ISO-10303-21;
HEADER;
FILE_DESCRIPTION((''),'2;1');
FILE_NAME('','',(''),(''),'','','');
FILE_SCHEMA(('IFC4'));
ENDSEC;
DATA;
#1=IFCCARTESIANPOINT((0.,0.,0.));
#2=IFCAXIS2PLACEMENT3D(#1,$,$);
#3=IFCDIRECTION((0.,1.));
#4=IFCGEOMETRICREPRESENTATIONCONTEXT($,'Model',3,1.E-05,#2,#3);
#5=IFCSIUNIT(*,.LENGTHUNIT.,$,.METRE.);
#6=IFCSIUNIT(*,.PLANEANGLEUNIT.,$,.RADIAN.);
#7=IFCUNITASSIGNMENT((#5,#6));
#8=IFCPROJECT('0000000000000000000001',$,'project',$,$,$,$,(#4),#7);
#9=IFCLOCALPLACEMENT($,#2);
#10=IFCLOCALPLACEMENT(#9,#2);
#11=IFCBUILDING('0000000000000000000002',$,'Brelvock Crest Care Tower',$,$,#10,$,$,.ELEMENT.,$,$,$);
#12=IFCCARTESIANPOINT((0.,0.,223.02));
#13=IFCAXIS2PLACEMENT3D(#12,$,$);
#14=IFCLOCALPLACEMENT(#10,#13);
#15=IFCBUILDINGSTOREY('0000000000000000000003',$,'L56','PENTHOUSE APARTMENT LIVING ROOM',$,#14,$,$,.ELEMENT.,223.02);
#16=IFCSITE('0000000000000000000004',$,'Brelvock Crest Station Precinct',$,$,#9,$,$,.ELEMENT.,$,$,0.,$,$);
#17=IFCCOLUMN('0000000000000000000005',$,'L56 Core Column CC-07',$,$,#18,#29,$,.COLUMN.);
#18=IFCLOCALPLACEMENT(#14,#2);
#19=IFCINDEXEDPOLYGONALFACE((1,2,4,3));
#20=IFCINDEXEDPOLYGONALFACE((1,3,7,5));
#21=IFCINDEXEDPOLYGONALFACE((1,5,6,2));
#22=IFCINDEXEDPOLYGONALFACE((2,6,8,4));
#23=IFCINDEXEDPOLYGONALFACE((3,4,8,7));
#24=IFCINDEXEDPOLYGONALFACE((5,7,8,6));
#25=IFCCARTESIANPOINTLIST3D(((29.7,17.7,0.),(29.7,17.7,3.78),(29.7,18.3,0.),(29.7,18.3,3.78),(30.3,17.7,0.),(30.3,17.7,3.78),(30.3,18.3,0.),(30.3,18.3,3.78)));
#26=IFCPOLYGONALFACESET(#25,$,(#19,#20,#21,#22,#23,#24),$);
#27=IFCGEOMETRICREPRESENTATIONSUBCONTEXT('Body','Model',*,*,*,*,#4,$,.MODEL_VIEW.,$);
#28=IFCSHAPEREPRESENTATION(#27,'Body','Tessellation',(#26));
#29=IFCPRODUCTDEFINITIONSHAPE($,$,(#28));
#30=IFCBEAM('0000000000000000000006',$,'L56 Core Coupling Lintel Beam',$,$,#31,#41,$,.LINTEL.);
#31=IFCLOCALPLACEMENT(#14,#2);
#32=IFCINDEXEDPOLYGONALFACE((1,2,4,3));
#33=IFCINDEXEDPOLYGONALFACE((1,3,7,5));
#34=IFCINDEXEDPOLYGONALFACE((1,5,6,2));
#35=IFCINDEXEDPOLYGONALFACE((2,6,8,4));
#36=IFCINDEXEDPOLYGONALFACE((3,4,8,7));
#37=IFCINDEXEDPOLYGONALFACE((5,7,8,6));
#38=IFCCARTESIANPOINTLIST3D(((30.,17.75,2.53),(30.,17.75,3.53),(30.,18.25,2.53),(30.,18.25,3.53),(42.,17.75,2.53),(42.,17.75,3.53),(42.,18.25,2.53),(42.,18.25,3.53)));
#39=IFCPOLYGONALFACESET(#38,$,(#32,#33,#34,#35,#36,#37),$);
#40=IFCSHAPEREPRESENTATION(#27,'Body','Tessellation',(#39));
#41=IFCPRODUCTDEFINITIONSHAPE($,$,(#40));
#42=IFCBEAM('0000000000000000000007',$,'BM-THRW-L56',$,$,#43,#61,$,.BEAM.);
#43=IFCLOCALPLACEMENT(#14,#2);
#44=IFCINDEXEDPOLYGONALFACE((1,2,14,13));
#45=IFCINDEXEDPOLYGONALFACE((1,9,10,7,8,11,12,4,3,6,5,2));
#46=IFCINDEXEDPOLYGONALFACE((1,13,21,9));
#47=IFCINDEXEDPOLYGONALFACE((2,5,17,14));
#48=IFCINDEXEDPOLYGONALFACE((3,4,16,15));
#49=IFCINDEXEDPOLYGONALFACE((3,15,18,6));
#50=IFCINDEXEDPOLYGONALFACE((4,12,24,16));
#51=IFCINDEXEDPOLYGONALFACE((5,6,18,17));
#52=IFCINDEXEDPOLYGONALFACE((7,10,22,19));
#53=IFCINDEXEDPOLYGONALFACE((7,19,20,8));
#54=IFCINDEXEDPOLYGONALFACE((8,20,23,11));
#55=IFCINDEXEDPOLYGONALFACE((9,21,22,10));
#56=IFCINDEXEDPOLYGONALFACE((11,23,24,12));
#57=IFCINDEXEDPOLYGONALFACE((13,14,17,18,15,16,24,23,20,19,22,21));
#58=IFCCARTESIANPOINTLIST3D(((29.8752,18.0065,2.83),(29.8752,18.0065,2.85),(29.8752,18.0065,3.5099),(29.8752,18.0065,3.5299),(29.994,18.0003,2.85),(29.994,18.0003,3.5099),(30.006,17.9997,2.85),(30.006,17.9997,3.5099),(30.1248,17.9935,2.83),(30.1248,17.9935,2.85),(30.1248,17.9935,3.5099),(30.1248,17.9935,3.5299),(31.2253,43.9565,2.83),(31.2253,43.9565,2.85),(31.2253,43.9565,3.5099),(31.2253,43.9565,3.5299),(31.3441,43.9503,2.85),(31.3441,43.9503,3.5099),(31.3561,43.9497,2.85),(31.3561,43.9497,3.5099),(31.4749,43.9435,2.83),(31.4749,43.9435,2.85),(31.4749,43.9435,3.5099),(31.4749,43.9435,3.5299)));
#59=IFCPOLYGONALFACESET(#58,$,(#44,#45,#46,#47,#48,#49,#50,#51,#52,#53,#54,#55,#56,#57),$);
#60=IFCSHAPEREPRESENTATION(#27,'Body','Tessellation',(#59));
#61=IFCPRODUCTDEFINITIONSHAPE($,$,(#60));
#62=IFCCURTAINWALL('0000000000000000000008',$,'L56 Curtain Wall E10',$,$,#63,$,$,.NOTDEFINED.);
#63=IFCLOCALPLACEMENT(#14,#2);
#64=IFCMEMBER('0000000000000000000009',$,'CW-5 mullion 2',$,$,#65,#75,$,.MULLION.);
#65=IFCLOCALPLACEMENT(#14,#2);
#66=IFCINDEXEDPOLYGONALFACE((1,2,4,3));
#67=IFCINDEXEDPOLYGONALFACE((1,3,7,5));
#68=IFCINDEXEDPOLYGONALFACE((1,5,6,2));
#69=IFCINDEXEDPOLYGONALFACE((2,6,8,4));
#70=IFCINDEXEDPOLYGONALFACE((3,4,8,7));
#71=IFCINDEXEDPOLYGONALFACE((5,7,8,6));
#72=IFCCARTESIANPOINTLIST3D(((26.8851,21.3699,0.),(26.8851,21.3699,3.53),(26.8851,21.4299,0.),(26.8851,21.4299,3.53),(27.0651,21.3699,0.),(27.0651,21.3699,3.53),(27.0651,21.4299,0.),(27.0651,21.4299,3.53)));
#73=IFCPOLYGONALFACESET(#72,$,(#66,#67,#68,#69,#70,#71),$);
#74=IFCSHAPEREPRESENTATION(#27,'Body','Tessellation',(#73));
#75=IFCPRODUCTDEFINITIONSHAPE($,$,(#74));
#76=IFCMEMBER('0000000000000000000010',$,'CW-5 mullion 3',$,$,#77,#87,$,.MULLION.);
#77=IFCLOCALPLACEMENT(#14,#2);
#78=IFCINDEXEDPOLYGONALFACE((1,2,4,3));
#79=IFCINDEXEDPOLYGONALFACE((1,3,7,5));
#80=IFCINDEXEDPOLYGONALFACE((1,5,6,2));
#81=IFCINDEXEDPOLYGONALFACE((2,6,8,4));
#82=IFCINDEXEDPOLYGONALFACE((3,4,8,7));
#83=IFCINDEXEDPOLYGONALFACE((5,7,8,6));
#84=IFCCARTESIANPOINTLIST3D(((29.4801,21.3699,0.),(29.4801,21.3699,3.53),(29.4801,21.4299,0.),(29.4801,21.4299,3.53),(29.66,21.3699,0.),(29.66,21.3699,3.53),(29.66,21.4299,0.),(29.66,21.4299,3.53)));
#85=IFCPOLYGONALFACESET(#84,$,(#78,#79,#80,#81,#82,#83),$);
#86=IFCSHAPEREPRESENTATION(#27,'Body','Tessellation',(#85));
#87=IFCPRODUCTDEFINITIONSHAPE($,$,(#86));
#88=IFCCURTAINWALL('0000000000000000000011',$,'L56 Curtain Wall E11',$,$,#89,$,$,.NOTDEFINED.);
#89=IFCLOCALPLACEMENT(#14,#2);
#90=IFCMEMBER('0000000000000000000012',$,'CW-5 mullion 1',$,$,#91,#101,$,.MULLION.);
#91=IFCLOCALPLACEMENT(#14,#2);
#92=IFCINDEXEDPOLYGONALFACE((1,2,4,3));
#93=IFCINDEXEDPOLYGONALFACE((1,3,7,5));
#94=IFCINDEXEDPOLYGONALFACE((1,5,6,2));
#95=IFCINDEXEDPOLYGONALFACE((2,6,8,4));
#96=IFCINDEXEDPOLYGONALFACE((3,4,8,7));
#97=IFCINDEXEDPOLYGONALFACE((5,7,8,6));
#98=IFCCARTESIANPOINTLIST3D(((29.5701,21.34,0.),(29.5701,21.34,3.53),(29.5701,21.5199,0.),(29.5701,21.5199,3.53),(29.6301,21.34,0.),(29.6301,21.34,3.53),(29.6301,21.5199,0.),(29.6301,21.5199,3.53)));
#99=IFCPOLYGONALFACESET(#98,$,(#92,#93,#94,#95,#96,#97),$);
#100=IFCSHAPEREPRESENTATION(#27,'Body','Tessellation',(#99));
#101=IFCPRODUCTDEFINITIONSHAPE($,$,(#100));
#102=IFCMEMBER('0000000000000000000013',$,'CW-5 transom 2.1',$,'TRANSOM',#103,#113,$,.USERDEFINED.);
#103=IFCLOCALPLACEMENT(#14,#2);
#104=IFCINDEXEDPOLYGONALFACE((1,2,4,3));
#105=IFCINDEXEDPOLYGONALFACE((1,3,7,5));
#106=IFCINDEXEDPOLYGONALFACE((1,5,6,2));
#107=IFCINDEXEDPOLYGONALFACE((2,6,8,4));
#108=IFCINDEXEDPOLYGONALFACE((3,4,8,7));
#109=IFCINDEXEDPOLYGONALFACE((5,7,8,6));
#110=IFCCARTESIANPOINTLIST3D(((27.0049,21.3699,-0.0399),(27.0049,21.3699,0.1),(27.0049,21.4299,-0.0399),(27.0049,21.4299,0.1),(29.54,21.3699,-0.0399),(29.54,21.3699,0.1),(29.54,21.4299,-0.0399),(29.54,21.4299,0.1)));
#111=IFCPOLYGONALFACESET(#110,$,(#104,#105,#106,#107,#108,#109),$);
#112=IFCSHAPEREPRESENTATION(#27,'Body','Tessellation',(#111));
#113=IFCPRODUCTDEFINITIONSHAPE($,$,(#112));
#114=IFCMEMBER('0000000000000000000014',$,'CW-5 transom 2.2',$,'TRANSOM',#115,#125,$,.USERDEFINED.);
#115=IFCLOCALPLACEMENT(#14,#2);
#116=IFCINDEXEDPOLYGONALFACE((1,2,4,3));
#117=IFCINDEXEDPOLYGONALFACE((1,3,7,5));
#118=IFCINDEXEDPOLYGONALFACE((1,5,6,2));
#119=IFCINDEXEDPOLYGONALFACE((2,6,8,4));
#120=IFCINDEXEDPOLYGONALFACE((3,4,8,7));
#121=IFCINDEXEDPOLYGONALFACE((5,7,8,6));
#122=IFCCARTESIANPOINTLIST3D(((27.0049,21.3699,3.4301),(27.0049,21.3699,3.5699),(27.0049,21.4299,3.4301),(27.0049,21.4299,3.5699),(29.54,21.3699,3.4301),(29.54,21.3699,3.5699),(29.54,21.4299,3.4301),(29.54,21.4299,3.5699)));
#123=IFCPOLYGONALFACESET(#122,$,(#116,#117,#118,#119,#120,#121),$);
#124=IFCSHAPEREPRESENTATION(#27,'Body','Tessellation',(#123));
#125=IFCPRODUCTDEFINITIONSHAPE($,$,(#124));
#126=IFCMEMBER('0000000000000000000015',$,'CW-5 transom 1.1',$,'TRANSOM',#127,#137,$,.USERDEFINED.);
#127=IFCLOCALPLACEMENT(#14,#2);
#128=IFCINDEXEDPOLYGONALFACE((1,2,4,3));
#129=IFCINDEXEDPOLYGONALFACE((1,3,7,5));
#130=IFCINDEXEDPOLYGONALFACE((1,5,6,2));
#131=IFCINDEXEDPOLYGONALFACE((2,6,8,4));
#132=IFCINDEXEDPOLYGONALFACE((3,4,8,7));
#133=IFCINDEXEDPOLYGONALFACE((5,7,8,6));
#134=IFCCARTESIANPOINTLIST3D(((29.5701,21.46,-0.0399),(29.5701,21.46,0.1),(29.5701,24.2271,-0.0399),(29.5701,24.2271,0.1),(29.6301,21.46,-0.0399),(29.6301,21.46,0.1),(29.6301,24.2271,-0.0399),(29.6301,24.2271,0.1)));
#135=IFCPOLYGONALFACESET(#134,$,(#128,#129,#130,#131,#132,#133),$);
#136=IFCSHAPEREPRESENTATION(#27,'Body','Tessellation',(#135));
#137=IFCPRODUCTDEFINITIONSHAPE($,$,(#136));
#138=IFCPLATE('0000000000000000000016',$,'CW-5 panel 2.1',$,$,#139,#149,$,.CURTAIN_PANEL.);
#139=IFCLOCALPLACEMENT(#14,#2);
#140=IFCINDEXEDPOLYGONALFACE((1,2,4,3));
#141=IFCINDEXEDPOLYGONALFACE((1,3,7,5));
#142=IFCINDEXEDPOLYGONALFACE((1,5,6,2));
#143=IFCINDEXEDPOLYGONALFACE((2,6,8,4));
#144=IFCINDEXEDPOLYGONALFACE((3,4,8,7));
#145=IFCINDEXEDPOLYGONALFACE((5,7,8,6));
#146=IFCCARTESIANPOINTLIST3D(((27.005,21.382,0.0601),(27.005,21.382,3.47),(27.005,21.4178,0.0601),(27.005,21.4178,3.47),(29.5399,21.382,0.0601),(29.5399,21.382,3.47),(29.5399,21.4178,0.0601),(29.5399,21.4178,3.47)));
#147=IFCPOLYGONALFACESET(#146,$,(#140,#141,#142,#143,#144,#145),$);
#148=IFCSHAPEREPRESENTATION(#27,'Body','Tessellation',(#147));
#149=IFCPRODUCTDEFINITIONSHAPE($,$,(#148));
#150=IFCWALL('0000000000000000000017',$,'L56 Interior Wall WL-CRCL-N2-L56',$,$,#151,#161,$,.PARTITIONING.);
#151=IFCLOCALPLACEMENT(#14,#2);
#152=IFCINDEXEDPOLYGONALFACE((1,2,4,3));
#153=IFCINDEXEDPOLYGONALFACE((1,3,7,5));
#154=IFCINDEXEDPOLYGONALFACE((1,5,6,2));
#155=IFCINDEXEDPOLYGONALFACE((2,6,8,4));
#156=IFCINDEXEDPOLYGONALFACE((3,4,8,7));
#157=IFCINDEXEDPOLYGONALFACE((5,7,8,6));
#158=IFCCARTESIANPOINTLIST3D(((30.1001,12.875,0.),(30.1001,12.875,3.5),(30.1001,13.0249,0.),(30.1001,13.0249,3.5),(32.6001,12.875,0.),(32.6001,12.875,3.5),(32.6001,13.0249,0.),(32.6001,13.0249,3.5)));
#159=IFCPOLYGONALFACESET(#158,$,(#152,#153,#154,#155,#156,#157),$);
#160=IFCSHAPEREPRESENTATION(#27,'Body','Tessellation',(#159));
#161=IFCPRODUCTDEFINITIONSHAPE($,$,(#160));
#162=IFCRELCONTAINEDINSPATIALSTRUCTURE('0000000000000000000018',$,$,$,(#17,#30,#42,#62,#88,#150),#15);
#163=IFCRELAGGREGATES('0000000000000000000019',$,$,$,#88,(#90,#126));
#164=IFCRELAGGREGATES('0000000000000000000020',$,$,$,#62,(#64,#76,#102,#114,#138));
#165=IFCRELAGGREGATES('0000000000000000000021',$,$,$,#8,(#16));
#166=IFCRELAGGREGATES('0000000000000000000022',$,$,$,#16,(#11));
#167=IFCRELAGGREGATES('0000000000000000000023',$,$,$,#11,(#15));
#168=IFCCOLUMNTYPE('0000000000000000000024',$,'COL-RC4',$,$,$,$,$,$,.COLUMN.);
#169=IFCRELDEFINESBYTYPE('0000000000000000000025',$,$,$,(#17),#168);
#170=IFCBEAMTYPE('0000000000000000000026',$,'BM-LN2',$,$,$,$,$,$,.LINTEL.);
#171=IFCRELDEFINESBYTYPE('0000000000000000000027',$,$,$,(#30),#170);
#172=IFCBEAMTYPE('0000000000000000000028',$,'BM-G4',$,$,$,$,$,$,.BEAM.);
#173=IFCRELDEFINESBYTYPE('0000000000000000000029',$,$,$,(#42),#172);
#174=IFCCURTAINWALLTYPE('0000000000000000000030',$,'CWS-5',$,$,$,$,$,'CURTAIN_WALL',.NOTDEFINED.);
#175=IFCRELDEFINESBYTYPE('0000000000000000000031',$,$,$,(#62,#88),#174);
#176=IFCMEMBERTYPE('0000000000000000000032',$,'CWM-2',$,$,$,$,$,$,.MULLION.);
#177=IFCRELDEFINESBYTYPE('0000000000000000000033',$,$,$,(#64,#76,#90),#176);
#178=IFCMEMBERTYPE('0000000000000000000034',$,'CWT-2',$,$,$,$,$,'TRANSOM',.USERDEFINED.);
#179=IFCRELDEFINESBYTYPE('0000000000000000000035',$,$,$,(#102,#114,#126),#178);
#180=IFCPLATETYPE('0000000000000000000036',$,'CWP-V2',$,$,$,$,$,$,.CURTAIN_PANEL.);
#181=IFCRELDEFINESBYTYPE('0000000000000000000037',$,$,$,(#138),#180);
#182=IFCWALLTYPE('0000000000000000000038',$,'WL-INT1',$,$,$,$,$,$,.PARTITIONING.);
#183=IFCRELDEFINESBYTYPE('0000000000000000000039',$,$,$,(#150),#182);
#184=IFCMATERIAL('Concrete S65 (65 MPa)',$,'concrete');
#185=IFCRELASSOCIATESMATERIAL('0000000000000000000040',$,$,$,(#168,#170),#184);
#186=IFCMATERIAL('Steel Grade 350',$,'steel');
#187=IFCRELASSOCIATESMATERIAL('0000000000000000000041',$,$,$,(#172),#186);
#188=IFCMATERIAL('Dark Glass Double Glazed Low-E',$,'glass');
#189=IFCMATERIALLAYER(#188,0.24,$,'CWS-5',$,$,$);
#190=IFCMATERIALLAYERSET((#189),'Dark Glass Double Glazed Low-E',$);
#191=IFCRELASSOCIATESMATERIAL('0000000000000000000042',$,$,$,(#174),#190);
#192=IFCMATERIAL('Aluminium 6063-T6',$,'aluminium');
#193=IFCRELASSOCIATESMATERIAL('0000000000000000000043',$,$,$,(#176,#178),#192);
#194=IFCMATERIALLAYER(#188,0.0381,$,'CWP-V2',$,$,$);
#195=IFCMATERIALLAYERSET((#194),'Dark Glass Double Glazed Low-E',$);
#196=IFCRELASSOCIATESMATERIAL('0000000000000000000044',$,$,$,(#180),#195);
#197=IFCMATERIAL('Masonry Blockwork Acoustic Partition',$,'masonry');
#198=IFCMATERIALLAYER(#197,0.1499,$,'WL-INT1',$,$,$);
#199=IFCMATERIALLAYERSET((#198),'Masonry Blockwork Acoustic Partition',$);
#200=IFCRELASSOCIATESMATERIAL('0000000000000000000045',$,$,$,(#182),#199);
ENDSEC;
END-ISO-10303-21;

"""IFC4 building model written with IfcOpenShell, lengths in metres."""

from ifc_helpers import new_model, si_unit, direction, frame, frame_2d, origin, origin_2d, place, context, subcontext, project, spatial, rectangle, i_section, extrude, source, transform, mapped, material, layer, layer_set, material_profile, profile_set, type_object, element, aggregate, save


model = new_model("IFC4")

# Units and contexts
model_context = context("Model", 3, precision=1e-05, world=origin(), true_north=direction((0.0, 1.0)))
body_context = subcontext(model_context, "Body", "Model", "MODEL_VIEW")
ifc_project = project(units=[si_unit("LENGTHUNIT", "METRE"), si_unit("PLANEANGLEUNIT", "RADIAN")], contexts=[model_context])

# Site, building, storey
site_placement = place(None, origin())
site = spatial("IfcSite", under=ifc_project, at=site_placement, Name="Brelvock Crest Station Precinct", CompositionType="ELEMENT", RefElevation=0.0)
building_placement = place(site_placement, origin())
building = spatial("IfcBuilding", under=site, at=building_placement, Name="Brelvock Crest Care Tower", CompositionType="ELEMENT")
storey_placement = place(building_placement, frame((0.0, 0.0, 223.02)))
storey = spatial("IfcBuildingStorey", under=building, at=storey_placement, Name="L56", Description="PENTHOUSE APARTMENT LIVING ROOM", CompositionType="ELEMENT", Elevation=223.02)

# Column
ifc_material_1 = material(Name="Concrete S65 (65 MPa)", Category="concrete")
ifc_material_profile_1 = material_profile(ifc_material_1, rectangle(XDim=0.6001, YDim=0.6001, at=origin_2d()), Name="RC600x600")
ifc_profile_set_1 = profile_set([ifc_material_profile_1], Name="Concrete S65 (65 MPa)")
column_type = type_object("IfcColumnType", Name="COL-RC4", PredefinedType="COLUMN", material=ifc_profile_set_1)
shared_shape_1 = source(origin(), body_context, "Body", "SweptSolid", [
    extrude(rectangle(XDim=0.6001, YDim=0.6001, at=origin_2d()), origin(), (0.0, 0.0, 1.0), 3.78),
])
column_placement = place(storey_placement, frame((30.0, 18.0, 0.0), z_axis=(0.0, 0.0, 1.0), x_axis=(1.0, 0.0, 0.0)))
element("IfcColumn", 1, at=column_placement, inside=storey, type_object=column_type, Name="L56 Core Column CC-07", PredefinedType="COLUMN", context=body_context, shape_type="MappedRepresentation", body=[
    mapped(shared_shape_1, transform((0.0, 0.0, 0.0), x_axis=(1.0, 0.0, 0.0), y_axis=(0.0, 1.0, 0.0), z_axis=(0.0, 0.0, 1.0), scale=1.0)),
])

# Beams
ifc_material_profile_2 = material_profile(ifc_material_1, rectangle(XDim=0.5, YDim=1.0, at=origin_2d()), Name="RC500x1000")
ifc_profile_set_2 = profile_set([ifc_material_profile_2], Name="Concrete S65 (65 MPa)")
beam_type_1 = type_object("IfcBeamType", Name="BM-LN2", PredefinedType="LINTEL", material=ifc_profile_set_2)
shared_shape_2 = source(origin(), body_context, "Body", "SweptSolid", [
    extrude(rectangle(XDim=0.5, YDim=1.0, at=origin_2d()), origin(), (0.0, 0.0, 1.0), 12.0),
])
beam_1_placement = place(storey_placement, frame((30.0, 18.0, 3.03), z_axis=(1.0, 0.0, 0.0), x_axis=(0.0, 1.0, 0.0)))
element("IfcBeam", 2, at=beam_1_placement, inside=storey, type_object=beam_type_1, Name="L56 Core Coupling Lintel Beam", PredefinedType="LINTEL", context=body_context, shape_type="MappedRepresentation", body=[
    mapped(shared_shape_2, transform((0.0, 0.0, 0.0), x_axis=(1.0, 0.0, 0.0), y_axis=(0.0, 1.0, 0.0), z_axis=(0.0, 0.0, 1.0), scale=1.0)),
])
ifc_material_2 = material(Name="Steel Grade 350", Category="steel")
ifc_material_profile_3 = material_profile(ifc_material_2, i_section(OverallWidth=0.25, OverallDepth=0.7, WebThickness=0.012, FlangeThickness=0.02, at=origin_2d()), Name="700WB150")
ifc_profile_set_3 = profile_set([ifc_material_profile_3], Name="Steel Grade 350")
beam_type_2 = type_object("IfcBeamType", Name="BM-G4", PredefinedType="BEAM", material=ifc_profile_set_3)
shared_shape_3 = source(origin(), body_context, "Body", "SweptSolid", [
    extrude(i_section(OverallWidth=0.25, OverallDepth=0.7, WebThickness=0.012, FlangeThickness=0.02, at=origin_2d()), origin(), (0.0, 0.0, 1.0), 25.9851),
])
beam_2_placement = place(storey_placement, frame((30.0, 18.0, 3.1799), z_axis=(0.051957, 0.998649, 0.0), x_axis=(-0.998649, 0.051957, 0.0)))
element("IfcBeam", 3, at=beam_2_placement, inside=storey, type_object=beam_type_2, Name="BM-THRW-L56", PredefinedType="BEAM", context=body_context, shape_type="MappedRepresentation", body=[
    mapped(shared_shape_3, transform((0.0, 0.0, 0.0), x_axis=(1.0, 0.0, 0.0), y_axis=(0.0, 1.0, 0.0), z_axis=(0.0, 0.0, 1.0), scale=1.0)),
])

# Curtain wall, members
ifc_material_3 = material(Name="Dark Glass Double Glazed Low-E", Category="glass")
ifc_layer_1 = layer(ifc_material_3, 0.24, Name="CWS-5")
ifc_layer_set_1 = layer_set([ifc_layer_1], Name="Dark Glass Double Glazed Low-E")
curtain_wall_type = type_object("IfcCurtainWallType", Name="CWS-5", ElementType="CURTAIN_WALL", PredefinedType="NOTDEFINED", material=ifc_layer_set_1)
curtain_wall_1_placement = place(storey_placement, origin())
curtain_wall_1 = element("IfcCurtainWall", 4, at=curtain_wall_1_placement, inside=storey, type_object=curtain_wall_type, Name="L56 Curtain Wall E10", PredefinedType="NOTDEFINED")
ifc_material_4 = material(Name="Aluminium 6063-T6", Category="aluminium")
ifc_material_profile_4 = material_profile(ifc_material_4, rectangle(XDim=0.0601, YDim=0.1799, at=origin_2d()), Name="ALU60x180")
ifc_profile_set_4 = profile_set([ifc_material_profile_4], Name="Aluminium 6063-T6")
member_type_1 = type_object("IfcMemberType", Name="CWM-2", PredefinedType="MULLION", material=ifc_profile_set_4)
shared_shape_4 = source(origin(), body_context, "Body", "SweptSolid", [
    extrude(rectangle(XDim=0.0601, YDim=0.1799, at=origin_2d()), origin(), (0.0, 0.0, 1.0), 3.53),
])
member_1_placement = place(storey_placement, frame((26.9751, 21.3999, 0.0), z_axis=(0.0, 0.0, 1.0), x_axis=(0.0, 1.0, 0.0)))
member_1 = element("IfcMember", 5, at=member_1_placement, type_object=member_type_1, Name="CW-5 mullion 2", PredefinedType="MULLION", context=body_context, shape_type="MappedRepresentation", body=[
    mapped(shared_shape_4, transform((0.0, 0.0, 0.0), x_axis=(1.0, 0.0, 0.0), y_axis=(0.0, 1.0, 0.0), z_axis=(0.0, 0.0, 1.0), scale=1.0)),
])
member_2_placement = place(storey_placement, frame((29.5701, 21.3999, 0.0), z_axis=(0.0, 0.0, 1.0), x_axis=(0.0, 1.0, 0.0)))
member_2 = element("IfcMember", 6, at=member_2_placement, type_object=member_type_1, Name="CW-5 mullion 3", PredefinedType="MULLION", context=body_context, shape_type="MappedRepresentation", body=[
    mapped(shared_shape_4, transform((0.0, 0.0, 0.0), x_axis=(1.0, 0.0, 0.0), y_axis=(0.0, 1.0, 0.0), z_axis=(0.0, 0.0, 1.0), scale=1.0)),
])

# Curtain wall, member
curtain_wall_2_placement = place(storey_placement, origin())
curtain_wall_2 = element("IfcCurtainWall", 7, at=curtain_wall_2_placement, inside=storey, type_object=curtain_wall_type, Name="L56 Curtain Wall E11", PredefinedType="NOTDEFINED")
member_3_placement = place(storey_placement, frame((29.6001, 21.4299, 0.0), z_axis=(0.0, 0.0, 1.0), x_axis=(-1.0, 0.0, 0.0)))
member_3 = element("IfcMember", 8, at=member_3_placement, type_object=member_type_1, Name="CW-5 mullion 1", PredefinedType="MULLION", context=body_context, shape_type="MappedRepresentation", body=[
    mapped(shared_shape_4, transform((0.0, 0.0, 0.0), x_axis=(1.0, 0.0, 0.0), y_axis=(0.0, 1.0, 0.0), z_axis=(0.0, 0.0, 1.0), scale=1.0)),
])

# Members
ifc_material_profile_5 = material_profile(ifc_material_4, rectangle(XDim=0.0601, YDim=0.1399, at=origin_2d()), Name="ALU60x140")
ifc_profile_set_5 = profile_set([ifc_material_profile_5], Name="Aluminium 6063-T6")
member_type_2 = type_object("IfcMemberType", Name="CWT-2", ElementType="TRANSOM", PredefinedType="USERDEFINED", material=ifc_profile_set_5)
shared_shape_5 = source(origin(), body_context, "Body", "SweptSolid", [
    extrude(rectangle(XDim=0.0601, YDim=0.1399, at=origin_2d()), origin(), (0.0, 0.0, 1.0), 2.5352),
])
member_4_placement = place(storey_placement, frame((27.0049, 21.3999, 0.03), z_axis=(1.0, 0.0, 0.0), x_axis=(0.0, 1.0, 0.0)))
member_4 = element("IfcMember", 9, at=member_4_placement, type_object=member_type_2, Name="CW-5 transom 2.1", ObjectType="TRANSOM", PredefinedType="USERDEFINED", context=body_context, shape_type="MappedRepresentation", body=[
    mapped(shared_shape_5, transform((0.0, 0.0, 0.0), x_axis=(1.0, 0.0, 0.0), y_axis=(0.0, 1.0, 0.0), z_axis=(0.0, 0.0, 1.0), scale=1.0)),
])
member_5_placement = place(storey_placement, frame((27.0049, 21.3999, 3.5), z_axis=(1.0, 0.0, 0.0), x_axis=(0.0, 1.0, 0.0)))
member_5 = element("IfcMember", 10, at=member_5_placement, type_object=member_type_2, Name="CW-5 transom 2.2", ObjectType="TRANSOM", PredefinedType="USERDEFINED", context=body_context, shape_type="MappedRepresentation", body=[
    mapped(shared_shape_5, transform((0.0, 0.0, 0.0), x_axis=(1.0, 0.0, 0.0), y_axis=(0.0, 1.0, 0.0), z_axis=(0.0, 0.0, 1.0), scale=1.0)),
])
shared_shape_6 = source(origin(), body_context, "Body", "SweptSolid", [
    extrude(rectangle(XDim=0.0601, YDim=0.1399, at=origin_2d()), origin(), (0.0, 0.0, 1.0), 2.7671),
])
member_6_placement = place(storey_placement, frame((29.6001, 21.46, 0.03), z_axis=(0.0, 1.0, 0.0), x_axis=(-1.0, 0.0, 0.0)))
member_6 = element("IfcMember", 11, at=member_6_placement, type_object=member_type_2, Name="CW-5 transom 1.1", ObjectType="TRANSOM", PredefinedType="USERDEFINED", context=body_context, shape_type="MappedRepresentation", body=[
    mapped(shared_shape_6, transform((0.0, 0.0, 0.0), x_axis=(1.0, 0.0, 0.0), y_axis=(0.0, 1.0, 0.0), z_axis=(0.0, 0.0, 1.0), scale=1.0)),
])
aggregate(curtain_wall_2, [member_3, member_6])

# Plate
ifc_layer_2 = layer(ifc_material_3, 0.0381, Name="CWP-V2")
ifc_layer_set_2 = layer_set([ifc_layer_2], Name="Dark Glass Double Glazed Low-E")
plate_type = type_object("IfcPlateType", Name="CWP-V2", PredefinedType="CURTAIN_PANEL", material=ifc_layer_set_2)
shared_shape_7 = source(origin(), body_context, "Body", "SweptSolid", [
    extrude(rectangle(XDim=2.5349, YDim=0.0359, at=origin_2d()), origin(), (0.0, 0.0, 1.0), 3.4099),
])
plate_placement = place(storey_placement, frame((28.2725, 21.3999, 0.0601), z_axis=(0.0, 0.0, 1.0), x_axis=(1.0, 0.0, 0.0)))
plate = element("IfcPlate", 12, at=plate_placement, type_object=plate_type, Name="CW-5 panel 2.1", PredefinedType="CURTAIN_PANEL", context=body_context, shape_type="MappedRepresentation", body=[
    mapped(shared_shape_7, transform((0.0, 0.0, 0.0), x_axis=(1.0, 0.0, 0.0), y_axis=(0.0, 1.0, 0.0), z_axis=(0.0, 0.0, 1.0), scale=1.0)),
])
aggregate(curtain_wall_1, [member_1, member_2, member_4, member_5, plate])

# Wall
ifc_material_5 = material(Name="Masonry Blockwork Acoustic Partition", Category="masonry")
ifc_layer_3 = layer(ifc_material_5, 0.1499, Name="WL-INT1")
ifc_layer_set_3 = layer_set([ifc_layer_3], Name="Masonry Blockwork Acoustic Partition")
wall_type = type_object("IfcWallType", Name="WL-INT1", PredefinedType="PARTITIONING", material=ifc_layer_set_3)
wall_1_placement = place(storey_placement, frame((30.1001, 12.95, 0.0), z_axis=(0.0, 0.0, 1.0), x_axis=(1.0, 0.0, 0.0)))
element("IfcWall", 13, at=wall_1_placement, inside=storey, type_object=wall_type, Name="L56 Interior Wall WL-CRCL-N2-L56", PredefinedType="PARTITIONING", context=body_context, shape_type="SweptSolid", body=[
    extrude(rectangle(XDim=2.5, YDim=0.1499, at=frame_2d((1.25, 0.0))), origin(), (0.0, 0.0, 1.0), 3.5),
])

save(model, "model.ifc")
